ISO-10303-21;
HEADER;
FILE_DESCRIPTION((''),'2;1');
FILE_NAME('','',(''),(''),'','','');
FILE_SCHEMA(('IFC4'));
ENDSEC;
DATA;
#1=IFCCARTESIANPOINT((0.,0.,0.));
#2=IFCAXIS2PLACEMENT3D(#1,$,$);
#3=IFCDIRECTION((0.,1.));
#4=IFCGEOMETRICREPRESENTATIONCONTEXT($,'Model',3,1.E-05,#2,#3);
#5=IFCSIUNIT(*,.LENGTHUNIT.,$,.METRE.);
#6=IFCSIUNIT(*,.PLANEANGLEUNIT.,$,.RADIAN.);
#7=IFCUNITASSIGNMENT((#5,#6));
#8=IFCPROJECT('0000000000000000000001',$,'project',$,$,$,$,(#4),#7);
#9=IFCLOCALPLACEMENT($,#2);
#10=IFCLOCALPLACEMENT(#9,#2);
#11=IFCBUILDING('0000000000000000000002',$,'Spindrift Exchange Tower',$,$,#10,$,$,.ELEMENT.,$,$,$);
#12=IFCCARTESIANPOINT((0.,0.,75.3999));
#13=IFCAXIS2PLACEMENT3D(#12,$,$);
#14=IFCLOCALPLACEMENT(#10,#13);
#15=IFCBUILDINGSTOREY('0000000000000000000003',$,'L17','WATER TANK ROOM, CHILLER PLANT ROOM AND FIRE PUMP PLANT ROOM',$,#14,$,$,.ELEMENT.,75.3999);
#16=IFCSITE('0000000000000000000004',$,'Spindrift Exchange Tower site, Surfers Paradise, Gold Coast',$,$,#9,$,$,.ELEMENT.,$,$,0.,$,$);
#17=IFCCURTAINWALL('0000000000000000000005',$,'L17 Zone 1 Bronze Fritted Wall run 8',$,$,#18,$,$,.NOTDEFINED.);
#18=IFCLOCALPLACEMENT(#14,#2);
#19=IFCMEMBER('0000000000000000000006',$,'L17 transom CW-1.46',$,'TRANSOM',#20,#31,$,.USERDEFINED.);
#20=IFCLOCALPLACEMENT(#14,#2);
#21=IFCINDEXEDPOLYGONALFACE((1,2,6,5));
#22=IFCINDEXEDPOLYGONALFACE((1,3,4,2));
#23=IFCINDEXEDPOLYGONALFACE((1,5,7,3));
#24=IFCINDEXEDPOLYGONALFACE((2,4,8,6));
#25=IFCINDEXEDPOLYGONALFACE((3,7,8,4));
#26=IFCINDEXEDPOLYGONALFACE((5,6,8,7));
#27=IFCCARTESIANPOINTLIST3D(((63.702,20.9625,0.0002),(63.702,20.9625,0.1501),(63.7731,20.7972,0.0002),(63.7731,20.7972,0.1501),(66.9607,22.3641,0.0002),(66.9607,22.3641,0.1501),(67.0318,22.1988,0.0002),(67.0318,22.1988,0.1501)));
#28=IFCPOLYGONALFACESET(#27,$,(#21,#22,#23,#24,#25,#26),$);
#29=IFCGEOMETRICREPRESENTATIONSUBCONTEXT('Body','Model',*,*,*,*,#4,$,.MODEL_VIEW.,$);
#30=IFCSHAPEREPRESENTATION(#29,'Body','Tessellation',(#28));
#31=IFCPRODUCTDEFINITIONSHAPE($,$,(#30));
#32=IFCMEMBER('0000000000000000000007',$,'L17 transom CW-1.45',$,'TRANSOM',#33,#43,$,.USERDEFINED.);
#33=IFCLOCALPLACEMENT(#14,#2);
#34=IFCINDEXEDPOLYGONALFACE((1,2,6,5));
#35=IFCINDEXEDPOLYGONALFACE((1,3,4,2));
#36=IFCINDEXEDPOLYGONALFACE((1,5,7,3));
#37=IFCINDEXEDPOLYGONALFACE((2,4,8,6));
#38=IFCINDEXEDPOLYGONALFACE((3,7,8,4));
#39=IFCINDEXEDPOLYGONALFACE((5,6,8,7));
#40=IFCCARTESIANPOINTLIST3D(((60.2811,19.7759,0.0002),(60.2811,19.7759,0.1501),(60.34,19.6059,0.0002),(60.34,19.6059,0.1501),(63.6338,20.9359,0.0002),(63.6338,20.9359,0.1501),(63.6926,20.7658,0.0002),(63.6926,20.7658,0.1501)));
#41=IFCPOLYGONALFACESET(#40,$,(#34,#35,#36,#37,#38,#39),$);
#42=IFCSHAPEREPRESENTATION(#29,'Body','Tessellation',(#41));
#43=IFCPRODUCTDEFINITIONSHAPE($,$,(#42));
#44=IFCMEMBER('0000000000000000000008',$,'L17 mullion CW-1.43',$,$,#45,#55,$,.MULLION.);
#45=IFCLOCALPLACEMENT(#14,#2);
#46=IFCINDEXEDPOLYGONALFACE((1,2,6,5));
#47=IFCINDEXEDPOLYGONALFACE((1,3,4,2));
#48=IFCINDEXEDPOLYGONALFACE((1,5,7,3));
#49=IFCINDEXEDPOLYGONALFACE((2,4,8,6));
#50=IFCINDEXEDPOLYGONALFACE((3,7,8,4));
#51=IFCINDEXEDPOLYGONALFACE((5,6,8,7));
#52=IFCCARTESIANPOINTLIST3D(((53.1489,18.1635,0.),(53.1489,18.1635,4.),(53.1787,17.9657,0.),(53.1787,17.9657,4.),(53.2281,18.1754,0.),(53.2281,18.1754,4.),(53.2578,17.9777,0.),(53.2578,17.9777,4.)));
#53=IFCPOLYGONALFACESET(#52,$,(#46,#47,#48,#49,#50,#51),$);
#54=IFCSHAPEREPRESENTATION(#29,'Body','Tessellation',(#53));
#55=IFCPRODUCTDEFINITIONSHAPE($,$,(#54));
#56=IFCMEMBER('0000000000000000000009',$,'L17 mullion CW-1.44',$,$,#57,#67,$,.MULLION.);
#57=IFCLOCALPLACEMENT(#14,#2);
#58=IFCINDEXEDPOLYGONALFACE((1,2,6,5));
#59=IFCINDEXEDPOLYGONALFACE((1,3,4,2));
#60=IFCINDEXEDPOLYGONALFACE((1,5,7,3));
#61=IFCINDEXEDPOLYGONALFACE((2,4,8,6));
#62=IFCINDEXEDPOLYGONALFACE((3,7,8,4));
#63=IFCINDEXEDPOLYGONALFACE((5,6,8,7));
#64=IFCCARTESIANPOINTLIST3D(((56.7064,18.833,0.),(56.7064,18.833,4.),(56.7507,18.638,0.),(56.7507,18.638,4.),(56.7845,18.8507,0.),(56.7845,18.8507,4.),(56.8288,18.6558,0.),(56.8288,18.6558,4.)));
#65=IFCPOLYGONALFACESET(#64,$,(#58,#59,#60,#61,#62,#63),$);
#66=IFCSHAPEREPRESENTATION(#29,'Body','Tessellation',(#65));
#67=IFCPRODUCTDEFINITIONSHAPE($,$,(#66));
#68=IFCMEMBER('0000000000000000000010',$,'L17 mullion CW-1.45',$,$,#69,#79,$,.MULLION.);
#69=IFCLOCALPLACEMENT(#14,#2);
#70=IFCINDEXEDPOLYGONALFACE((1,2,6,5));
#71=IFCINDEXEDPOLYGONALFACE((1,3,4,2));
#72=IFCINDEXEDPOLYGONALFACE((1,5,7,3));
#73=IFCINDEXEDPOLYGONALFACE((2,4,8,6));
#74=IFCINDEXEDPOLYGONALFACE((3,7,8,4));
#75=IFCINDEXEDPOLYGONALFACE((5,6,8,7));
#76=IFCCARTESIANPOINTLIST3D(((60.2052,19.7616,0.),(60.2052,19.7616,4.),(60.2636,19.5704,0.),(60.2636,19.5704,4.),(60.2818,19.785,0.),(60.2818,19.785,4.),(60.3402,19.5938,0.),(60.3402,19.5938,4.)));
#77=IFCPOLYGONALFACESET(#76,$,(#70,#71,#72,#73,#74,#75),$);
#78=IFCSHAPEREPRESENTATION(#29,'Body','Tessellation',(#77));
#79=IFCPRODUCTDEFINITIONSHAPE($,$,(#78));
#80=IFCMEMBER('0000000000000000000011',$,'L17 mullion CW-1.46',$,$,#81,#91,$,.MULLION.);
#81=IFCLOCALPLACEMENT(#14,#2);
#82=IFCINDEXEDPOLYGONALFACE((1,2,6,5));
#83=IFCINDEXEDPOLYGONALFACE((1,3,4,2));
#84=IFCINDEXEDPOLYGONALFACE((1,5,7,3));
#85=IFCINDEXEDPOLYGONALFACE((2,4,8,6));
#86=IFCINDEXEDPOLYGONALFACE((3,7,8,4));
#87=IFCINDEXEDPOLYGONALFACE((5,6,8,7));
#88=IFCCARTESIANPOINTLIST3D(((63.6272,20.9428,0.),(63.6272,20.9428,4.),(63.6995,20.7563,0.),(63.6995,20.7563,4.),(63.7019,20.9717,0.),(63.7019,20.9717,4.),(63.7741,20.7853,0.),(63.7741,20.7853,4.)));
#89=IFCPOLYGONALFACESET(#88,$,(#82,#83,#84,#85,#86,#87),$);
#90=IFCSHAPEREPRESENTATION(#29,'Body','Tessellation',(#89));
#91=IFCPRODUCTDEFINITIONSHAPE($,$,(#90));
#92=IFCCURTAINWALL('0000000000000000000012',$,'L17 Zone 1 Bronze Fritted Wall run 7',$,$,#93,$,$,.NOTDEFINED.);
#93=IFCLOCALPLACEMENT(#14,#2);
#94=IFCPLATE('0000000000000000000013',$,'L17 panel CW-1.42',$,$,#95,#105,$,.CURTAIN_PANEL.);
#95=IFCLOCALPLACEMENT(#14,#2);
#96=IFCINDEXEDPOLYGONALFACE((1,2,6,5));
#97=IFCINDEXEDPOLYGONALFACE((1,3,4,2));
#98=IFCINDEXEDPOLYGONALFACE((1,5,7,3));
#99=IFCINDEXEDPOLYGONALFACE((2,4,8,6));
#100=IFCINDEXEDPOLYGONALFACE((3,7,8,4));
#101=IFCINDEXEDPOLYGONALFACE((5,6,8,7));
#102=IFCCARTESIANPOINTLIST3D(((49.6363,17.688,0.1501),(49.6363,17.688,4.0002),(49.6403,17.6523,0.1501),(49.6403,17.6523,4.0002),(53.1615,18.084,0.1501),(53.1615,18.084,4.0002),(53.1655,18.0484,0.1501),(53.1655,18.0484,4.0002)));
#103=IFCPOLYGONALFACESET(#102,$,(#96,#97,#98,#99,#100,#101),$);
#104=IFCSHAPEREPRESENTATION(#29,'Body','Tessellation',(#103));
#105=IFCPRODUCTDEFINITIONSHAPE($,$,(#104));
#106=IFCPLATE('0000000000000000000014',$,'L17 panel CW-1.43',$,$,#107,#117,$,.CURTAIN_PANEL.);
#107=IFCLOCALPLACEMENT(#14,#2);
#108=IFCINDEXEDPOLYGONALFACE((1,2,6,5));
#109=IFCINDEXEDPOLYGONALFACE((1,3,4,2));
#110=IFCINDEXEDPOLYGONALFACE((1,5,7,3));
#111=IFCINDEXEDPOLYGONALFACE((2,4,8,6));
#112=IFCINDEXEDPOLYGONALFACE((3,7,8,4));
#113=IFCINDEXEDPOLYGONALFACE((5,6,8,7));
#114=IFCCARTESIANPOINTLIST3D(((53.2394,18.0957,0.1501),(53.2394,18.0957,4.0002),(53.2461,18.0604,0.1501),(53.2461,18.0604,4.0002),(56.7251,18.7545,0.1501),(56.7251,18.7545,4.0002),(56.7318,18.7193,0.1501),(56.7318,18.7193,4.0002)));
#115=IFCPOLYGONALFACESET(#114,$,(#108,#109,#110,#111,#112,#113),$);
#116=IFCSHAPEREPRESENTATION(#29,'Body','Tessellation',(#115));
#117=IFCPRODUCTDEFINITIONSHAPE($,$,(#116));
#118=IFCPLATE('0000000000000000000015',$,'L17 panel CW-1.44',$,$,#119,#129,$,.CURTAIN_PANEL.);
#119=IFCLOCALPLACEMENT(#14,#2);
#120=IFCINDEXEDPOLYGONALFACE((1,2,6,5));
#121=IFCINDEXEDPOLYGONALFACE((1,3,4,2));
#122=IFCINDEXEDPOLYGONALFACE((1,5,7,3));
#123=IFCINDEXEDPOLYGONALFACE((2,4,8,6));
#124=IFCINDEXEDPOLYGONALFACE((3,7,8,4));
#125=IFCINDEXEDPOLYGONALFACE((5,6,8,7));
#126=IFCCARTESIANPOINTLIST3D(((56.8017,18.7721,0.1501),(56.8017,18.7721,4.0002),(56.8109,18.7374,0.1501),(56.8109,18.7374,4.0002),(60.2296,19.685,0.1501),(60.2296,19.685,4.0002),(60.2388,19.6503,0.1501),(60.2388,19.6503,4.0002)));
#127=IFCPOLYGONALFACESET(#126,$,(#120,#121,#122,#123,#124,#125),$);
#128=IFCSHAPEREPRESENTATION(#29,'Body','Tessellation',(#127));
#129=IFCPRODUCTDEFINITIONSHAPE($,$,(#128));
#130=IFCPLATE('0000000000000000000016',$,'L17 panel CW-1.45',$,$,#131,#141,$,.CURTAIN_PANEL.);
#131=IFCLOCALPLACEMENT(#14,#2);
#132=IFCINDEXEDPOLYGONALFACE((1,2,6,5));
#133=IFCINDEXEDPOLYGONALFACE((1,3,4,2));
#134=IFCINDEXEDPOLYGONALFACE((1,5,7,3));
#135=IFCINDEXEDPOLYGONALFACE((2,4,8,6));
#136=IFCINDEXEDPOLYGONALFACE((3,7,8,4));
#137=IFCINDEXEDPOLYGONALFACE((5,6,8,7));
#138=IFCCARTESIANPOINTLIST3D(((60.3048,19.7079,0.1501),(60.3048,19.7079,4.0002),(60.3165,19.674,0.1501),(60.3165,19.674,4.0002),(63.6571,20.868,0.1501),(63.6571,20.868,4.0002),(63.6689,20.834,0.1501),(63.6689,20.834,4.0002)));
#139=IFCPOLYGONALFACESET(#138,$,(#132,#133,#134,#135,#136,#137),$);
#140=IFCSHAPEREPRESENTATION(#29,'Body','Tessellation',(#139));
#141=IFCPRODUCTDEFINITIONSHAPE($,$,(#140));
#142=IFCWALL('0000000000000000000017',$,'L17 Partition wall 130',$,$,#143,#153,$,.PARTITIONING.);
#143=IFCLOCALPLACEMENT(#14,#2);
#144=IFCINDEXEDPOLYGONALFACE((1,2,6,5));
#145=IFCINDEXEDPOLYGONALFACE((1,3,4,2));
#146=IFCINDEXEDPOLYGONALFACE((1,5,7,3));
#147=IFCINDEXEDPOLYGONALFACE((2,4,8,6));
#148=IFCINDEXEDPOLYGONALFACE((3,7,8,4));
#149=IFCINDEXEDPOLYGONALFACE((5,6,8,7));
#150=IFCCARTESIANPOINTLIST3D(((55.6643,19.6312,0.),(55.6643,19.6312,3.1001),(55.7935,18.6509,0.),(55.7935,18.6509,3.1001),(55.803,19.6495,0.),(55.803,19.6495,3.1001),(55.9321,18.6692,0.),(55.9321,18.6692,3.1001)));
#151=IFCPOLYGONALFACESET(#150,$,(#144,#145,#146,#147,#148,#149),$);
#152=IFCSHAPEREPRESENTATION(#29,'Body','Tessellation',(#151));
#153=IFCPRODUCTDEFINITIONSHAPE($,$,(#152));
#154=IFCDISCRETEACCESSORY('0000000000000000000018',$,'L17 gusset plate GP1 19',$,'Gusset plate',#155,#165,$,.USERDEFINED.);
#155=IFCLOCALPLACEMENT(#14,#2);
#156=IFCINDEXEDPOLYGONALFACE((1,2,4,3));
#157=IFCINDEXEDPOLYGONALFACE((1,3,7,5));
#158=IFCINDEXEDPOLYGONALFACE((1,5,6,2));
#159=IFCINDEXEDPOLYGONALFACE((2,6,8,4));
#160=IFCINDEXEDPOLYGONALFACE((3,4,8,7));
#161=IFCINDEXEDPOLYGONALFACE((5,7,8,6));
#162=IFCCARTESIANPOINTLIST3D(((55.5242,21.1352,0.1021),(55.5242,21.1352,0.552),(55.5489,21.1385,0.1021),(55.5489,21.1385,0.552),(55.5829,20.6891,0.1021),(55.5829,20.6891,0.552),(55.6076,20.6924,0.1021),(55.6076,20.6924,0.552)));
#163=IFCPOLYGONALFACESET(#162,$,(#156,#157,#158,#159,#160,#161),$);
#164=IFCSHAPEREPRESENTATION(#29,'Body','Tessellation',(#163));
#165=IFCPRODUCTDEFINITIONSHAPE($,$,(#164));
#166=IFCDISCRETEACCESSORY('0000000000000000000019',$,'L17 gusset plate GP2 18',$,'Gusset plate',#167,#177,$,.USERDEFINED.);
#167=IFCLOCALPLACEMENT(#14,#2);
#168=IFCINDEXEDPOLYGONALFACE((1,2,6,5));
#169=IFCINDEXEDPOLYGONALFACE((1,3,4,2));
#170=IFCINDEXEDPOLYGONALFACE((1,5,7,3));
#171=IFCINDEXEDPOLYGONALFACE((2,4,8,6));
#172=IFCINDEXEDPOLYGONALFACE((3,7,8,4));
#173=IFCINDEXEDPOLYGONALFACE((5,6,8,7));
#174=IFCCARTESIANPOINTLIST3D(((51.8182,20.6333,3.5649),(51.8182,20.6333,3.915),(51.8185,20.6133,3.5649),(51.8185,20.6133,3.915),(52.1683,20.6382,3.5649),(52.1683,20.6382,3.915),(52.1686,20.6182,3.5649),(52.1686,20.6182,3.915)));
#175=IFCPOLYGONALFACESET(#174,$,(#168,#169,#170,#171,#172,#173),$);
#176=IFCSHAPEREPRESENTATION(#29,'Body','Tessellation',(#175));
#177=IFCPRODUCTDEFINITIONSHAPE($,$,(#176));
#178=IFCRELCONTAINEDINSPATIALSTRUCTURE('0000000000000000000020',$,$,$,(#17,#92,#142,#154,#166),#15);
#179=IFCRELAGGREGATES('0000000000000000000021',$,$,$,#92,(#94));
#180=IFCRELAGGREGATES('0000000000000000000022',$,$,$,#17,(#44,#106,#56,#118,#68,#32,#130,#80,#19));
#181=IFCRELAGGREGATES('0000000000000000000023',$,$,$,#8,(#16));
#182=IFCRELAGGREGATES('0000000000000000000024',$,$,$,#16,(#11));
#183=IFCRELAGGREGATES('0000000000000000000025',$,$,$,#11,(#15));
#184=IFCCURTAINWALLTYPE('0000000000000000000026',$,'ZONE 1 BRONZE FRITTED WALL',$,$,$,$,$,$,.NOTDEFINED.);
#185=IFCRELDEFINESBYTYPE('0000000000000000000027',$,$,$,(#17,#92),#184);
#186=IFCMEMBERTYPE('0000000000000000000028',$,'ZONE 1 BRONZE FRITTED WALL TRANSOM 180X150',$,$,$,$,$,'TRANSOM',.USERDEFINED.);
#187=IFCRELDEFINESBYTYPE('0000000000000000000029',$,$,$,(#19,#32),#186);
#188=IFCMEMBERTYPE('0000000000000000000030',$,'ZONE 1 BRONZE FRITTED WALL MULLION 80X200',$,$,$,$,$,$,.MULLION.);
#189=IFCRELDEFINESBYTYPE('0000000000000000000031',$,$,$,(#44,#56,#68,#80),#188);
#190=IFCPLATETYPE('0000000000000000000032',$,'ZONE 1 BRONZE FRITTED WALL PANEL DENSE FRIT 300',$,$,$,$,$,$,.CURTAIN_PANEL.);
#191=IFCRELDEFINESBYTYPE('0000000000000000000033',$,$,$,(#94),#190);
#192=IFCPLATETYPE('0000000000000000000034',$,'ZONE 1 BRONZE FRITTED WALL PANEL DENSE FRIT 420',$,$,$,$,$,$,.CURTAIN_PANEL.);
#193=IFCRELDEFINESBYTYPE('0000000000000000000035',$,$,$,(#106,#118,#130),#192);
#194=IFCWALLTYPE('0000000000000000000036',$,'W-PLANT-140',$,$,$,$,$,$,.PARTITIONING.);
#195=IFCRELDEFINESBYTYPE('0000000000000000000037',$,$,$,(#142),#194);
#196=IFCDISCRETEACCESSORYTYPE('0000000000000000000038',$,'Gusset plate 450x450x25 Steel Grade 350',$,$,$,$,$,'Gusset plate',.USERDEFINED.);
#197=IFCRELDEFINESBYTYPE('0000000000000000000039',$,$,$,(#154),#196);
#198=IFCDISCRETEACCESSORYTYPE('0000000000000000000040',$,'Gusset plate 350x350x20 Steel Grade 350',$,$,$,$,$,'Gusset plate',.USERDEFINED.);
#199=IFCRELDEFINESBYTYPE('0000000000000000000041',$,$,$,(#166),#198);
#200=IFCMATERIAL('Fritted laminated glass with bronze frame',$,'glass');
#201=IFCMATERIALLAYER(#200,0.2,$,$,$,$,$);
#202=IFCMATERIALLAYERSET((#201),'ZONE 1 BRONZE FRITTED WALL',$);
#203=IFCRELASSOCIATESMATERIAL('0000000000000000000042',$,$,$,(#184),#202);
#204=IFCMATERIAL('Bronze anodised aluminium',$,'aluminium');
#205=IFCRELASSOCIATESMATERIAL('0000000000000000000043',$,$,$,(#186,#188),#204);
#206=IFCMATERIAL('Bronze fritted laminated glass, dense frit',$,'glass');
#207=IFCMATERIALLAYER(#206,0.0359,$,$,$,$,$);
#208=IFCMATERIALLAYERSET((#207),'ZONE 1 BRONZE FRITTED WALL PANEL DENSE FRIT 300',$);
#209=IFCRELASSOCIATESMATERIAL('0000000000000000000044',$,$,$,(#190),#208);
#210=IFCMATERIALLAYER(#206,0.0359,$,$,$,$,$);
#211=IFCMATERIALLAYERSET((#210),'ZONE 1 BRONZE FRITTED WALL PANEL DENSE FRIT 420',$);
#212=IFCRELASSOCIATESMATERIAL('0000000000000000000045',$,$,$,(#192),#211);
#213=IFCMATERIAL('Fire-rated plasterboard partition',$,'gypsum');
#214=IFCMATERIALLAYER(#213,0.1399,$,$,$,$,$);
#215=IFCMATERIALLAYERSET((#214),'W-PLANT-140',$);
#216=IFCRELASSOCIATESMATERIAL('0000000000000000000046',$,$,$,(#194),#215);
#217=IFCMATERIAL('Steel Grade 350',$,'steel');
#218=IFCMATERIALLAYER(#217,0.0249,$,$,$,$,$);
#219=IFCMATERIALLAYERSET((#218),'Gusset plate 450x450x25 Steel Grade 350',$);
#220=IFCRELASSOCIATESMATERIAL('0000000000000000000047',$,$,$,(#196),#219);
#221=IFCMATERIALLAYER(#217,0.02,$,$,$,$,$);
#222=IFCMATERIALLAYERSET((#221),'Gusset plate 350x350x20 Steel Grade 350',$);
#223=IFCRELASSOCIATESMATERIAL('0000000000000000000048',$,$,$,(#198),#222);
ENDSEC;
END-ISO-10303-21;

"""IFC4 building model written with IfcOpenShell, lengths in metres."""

from ifc_helpers import new_model, si_unit, direction, frame, frame_2d, origin, origin_2d, place, context, subcontext, project, spatial, rectangle, extrude, source, transform, mapped, material, layer, layer_set, material_profile, profile_set, type_object, element, aggregate, save


model = new_model("IFC4")

# Units and contexts
model_context = context("Model", 3, precision=1e-05, world=origin(), true_north=direction((0.0, 1.0)))
body_context = subcontext(model_context, "Body", "Model", "MODEL_VIEW")
ifc_project = project(units=[si_unit("LENGTHUNIT", "METRE"), si_unit("PLANEANGLEUNIT", "RADIAN")], contexts=[model_context])

# Site, building, storey
site_placement = place(None, origin())
site = spatial("IfcSite", under=ifc_project, at=site_placement, Name="Spindrift Exchange Tower site, Surfers Paradise, Gold Coast", CompositionType="ELEMENT", RefElevation=0.0)
building_placement = place(site_placement, origin())
building = spatial("IfcBuilding", under=site, at=building_placement, Name="Spindrift Exchange Tower", CompositionType="ELEMENT")
storey_placement = place(building_placement, frame((0.0, 0.0, 75.3999)))
storey = spatial("IfcBuildingStorey", under=building, at=storey_placement, Name="L17", Description="WATER TANK ROOM, CHILLER PLANT ROOM AND FIRE PUMP PLANT ROOM", CompositionType="ELEMENT", Elevation=75.3999)

# Shared definitions
ifc_material_1 = material(Name="Steel Grade 350", Category="steel")

# Curtain wall, members
ifc_material_2 = material(Name="Fritted laminated glass with bronze frame", Category="glass")
ifc_layer_1 = layer(ifc_material_2, 0.2)
ifc_layer_set_1 = layer_set([ifc_layer_1], Name="ZONE 1 BRONZE FRITTED WALL")
curtain_wall_type = type_object("IfcCurtainWallType", Name="ZONE 1 BRONZE FRITTED WALL", PredefinedType="NOTDEFINED", material=ifc_layer_set_1)
curtain_wall_1_placement = place(storey_placement, origin())
curtain_wall_1 = element("IfcCurtainWall", 1, at=curtain_wall_1_placement, inside=storey, type_object=curtain_wall_type, Name="L17 Zone 1 Bronze Fritted Wall run 8", PredefinedType="NOTDEFINED")
ifc_material_3 = material(Name="Bronze anodised aluminium", Category="aluminium")
ifc_material_profile_1 = material_profile(ifc_material_3, rectangle(XDim=0.1799, YDim=0.1499, at=origin_2d()), Name="ZONE 1 BRONZE FRITTED WALL TRANSOM 180X150")
ifc_profile_set_1 = profile_set([ifc_material_profile_1], Name="Bronze anodised aluminium")
member_type_1 = type_object("IfcMemberType", Name="ZONE 1 BRONZE FRITTED WALL TRANSOM 180X150", ElementType="TRANSOM", PredefinedType="USERDEFINED", material=ifc_profile_set_1)
shared_shape_1 = source(origin(), body_context, "Body", "SweptSolid", [
    extrude(rectangle(XDim=0.1799, YDim=0.1499, at=origin_2d()), origin(), (0.0, 0.0, 1.0), 3.5474),
])
member_1_placement = place(storey_placement, frame((63.7375, 20.8799, 0.0752), z_axis=(0.918635, 0.395107, 0.0), x_axis=(-0.395107, 0.918635, 0.0)))
member_1 = element("IfcMember", 2, at=member_1_placement, type_object=member_type_1, Name="L17 transom CW-1.46", ObjectType="TRANSOM", PredefinedType="USERDEFINED", context=body_context, shape_type="MappedRepresentation", body=[
    mapped(shared_shape_1, transform((0.0, 0.0, 0.0), scale=1.0)),
])
shared_shape_2 = source(origin(), body_context, "Body", "SweptSolid", [
    extrude(rectangle(XDim=0.1799, YDim=0.1499, at=origin_2d()), origin(), (0.0, 0.0, 1.0), 3.5476),
])
member_2_placement = place(storey_placement, frame((60.3105, 19.6909, 0.0752), z_axis=(0.945037, 0.326964, 0.0), x_axis=(-0.326964, 0.945037, 0.0)))
member_2 = element("IfcMember", 3, at=member_2_placement, type_object=member_type_1, Name="L17 transom CW-1.45", ObjectType="TRANSOM", PredefinedType="USERDEFINED", context=body_context, shape_type="MappedRepresentation", body=[
    mapped(shared_shape_2, transform((0.0, 0.0, 0.0), scale=1.0)),
])
ifc_material_profile_2 = material_profile(ifc_material_3, rectangle(XDim=0.0801, YDim=0.2, at=origin_2d()), Name="ZONE 1 BRONZE FRITTED WALL MULLION 80X200")
ifc_profile_set_2 = profile_set([ifc_material_profile_2], Name="Bronze anodised aluminium")
member_type_2 = type_object("IfcMemberType", Name="ZONE 1 BRONZE FRITTED WALL MULLION 80X200", PredefinedType="MULLION", material=ifc_profile_set_2)
shared_shape_3 = source(origin(), body_context, "Body", "SweptSolid", [
    extrude(rectangle(XDim=0.0801, YDim=0.2, at=origin_2d()), origin(), (0.0, 0.0, 1.0), 4.0),
])
member_3_placement = place(storey_placement, frame((53.2034, 18.0706, 0.0), z_axis=(0.0, 0.0, 1.0), x_axis=(0.988868, 0.148792, 0.0)))
member_3 = element("IfcMember", 4, at=member_3_placement, type_object=member_type_2, Name="L17 mullion CW-1.43", PredefinedType="MULLION", context=body_context, shape_type="MappedRepresentation", body=[
    mapped(shared_shape_3, transform((0.0, 0.0, 0.0), scale=1.0)),
])
member_4_placement = place(storey_placement, frame((56.7676, 18.7444, 0.0), z_axis=(0.0, 0.0, 1.0), x_axis=(0.975118, 0.221686, 0.0)))
member_4 = element("IfcMember", 5, at=member_4_placement, type_object=member_type_2, Name="L17 mullion CW-1.44", PredefinedType="MULLION", context=body_context, shape_type="MappedRepresentation", body=[
    mapped(shared_shape_3, transform((0.0, 0.0, 0.0), scale=1.0)),
])
member_5_placement = place(storey_placement, frame((60.2727, 19.6777, 0.0), z_axis=(0.0, 0.0, 1.0), x_axis=(0.956305, 0.292372, 0.0)))
member_5 = element("IfcMember", 6, at=member_5_placement, type_object=member_type_2, Name="L17 mullion CW-1.45", PredefinedType="MULLION", context=body_context, shape_type="MappedRepresentation", body=[
    mapped(shared_shape_3, transform((0.0, 0.0, 0.0), scale=1.0)),
])
member_6_placement = place(storey_placement, frame((63.7007, 20.864, 0.0), z_axis=(0.0, 0.0, 1.0), x_axis=(0.932445, 0.361312, 0.0)))
member_6 = element("IfcMember", 7, at=member_6_placement, type_object=member_type_2, Name="L17 mullion CW-1.46", PredefinedType="MULLION", context=body_context, shape_type="MappedRepresentation", body=[
    mapped(shared_shape_3, transform((0.0, 0.0, 0.0), scale=1.0)),
])

# Curtain wall, plate
curtain_wall_2_placement = place(storey_placement, origin())
curtain_wall_2 = element("IfcCurtainWall", 8, at=curtain_wall_2_placement, inside=storey, type_object=curtain_wall_type, Name="L17 Zone 1 Bronze Fritted Wall run 7", PredefinedType="NOTDEFINED")
ifc_material_4 = material(Name="Bronze fritted laminated glass, dense frit", Category="glass")
ifc_layer_2 = layer(ifc_material_4, 0.0359)
ifc_layer_set_2 = layer_set([ifc_layer_2], Name="ZONE 1 BRONZE FRITTED WALL PANEL DENSE FRIT 300")
plate_type_1 = type_object("IfcPlateType", Name="ZONE 1 BRONZE FRITTED WALL PANEL DENSE FRIT 300", PredefinedType="CURTAIN_PANEL", material=ifc_layer_set_2)
shared_shape_4 = source(origin(), body_context, "Body", "SweptSolid", [
    extrude(rectangle(XDim=3.5474, YDim=0.0359, at=origin_2d()), origin(), (0.0, 0.0, 1.0), 3.8501),
])
plate_1_placement = place(storey_placement, frame((51.4009, 17.8682, 0.1501), z_axis=(0.0, 0.0, 1.0), x_axis=(0.993747, 0.111651, 0.0)))
plate_1 = element("IfcPlate", 9, at=plate_1_placement, type_object=plate_type_1, Name="L17 panel CW-1.42", PredefinedType="CURTAIN_PANEL", context=body_context, shape_type="MappedRepresentation", body=[
    mapped(shared_shape_4, transform((0.0, 0.0, 0.0), scale=1.0)),
])
aggregate(curtain_wall_2, [plate_1])

# Plates
ifc_layer_3 = layer(ifc_material_4, 0.0359)
ifc_layer_set_3 = layer_set([ifc_layer_3], Name="ZONE 1 BRONZE FRITTED WALL PANEL DENSE FRIT 420")
plate_type_2 = type_object("IfcPlateType", Name="ZONE 1 BRONZE FRITTED WALL PANEL DENSE FRIT 420", PredefinedType="CURTAIN_PANEL", material=ifc_layer_set_3)
shared_shape_5 = source(origin(), body_context, "Body", "SweptSolid", [
    extrude(rectangle(XDim=3.5474, YDim=0.0359, at=origin_2d()), origin(), (0.0, 0.0, 1.0), 3.8501),
])
plate_2_placement = place(storey_placement, frame((54.9856, 18.4075, 0.1501), z_axis=(0.0, 0.0, 1.0), x_axis=(0.982602, 0.185725, 0.0)))
plate_2 = element("IfcPlate", 10, at=plate_2_placement, type_object=plate_type_2, Name="L17 panel CW-1.43", PredefinedType="CURTAIN_PANEL", context=body_context, shape_type="MappedRepresentation", body=[
    mapped(shared_shape_5, transform((0.0, 0.0, 0.0), scale=1.0)),
])
plate_3_placement = place(storey_placement, frame((58.5203, 19.2112, 0.1501), z_axis=(0.0, 0.0, 1.0), x_axis=(0.966319, 0.257349, 0.0)))
plate_3 = element("IfcPlate", 11, at=plate_3_placement, type_object=plate_type_2, Name="L17 panel CW-1.44", PredefinedType="CURTAIN_PANEL", context=body_context, shape_type="MappedRepresentation", body=[
    mapped(shared_shape_5, transform((0.0, 0.0, 0.0), scale=1.0)),
])
plate_4_placement = place(storey_placement, frame((61.9868, 20.271, 0.1501), z_axis=(0.0, 0.0, 1.0), x_axis=(0.945021, 0.327008, 0.0)))
plate_4 = element("IfcPlate", 12, at=plate_4_placement, type_object=plate_type_2, Name="L17 panel CW-1.45", PredefinedType="CURTAIN_PANEL", context=body_context, shape_type="MappedRepresentation", body=[
    mapped(shared_shape_5, transform((0.0, 0.0, 0.0), scale=1.0)),
])
aggregate(curtain_wall_1, [member_3, plate_2, member_4, plate_3, member_5, member_2, plate_4, member_6, member_1])

# Wall
ifc_material_5 = material(Name="Fire-rated plasterboard partition", Category="gypsum")
ifc_layer_4 = layer(ifc_material_5, 0.1399)
ifc_layer_set_4 = layer_set([ifc_layer_4], Name="W-PLANT-140")
wall_type = type_object("IfcWallType", Name="W-PLANT-140", PredefinedType="PARTITIONING", material=ifc_layer_set_4)
wall_placement = place(storey_placement, frame((55.7336, 19.6404, 0.0), z_axis=(0.0, 0.0, 1.0), x_axis=(0.130627, -0.991432, 0.0)))
element("IfcWall", 13, at=wall_placement, inside=storey, type_object=wall_type, Name="L17 Partition wall 130", PredefinedType="PARTITIONING", context=body_context, shape_type="SweptSolid", body=[
    extrude(rectangle(XDim=0.9888, YDim=0.1399, at=frame_2d((0.4944, 0.0))), origin(), (0.0, 0.0, 1.0), 3.1001),
])

# Discrete accessories
ifc_layer_5 = layer(ifc_material_1, 0.0249)
ifc_layer_set_5 = layer_set([ifc_layer_5], Name="Gusset plate 450x450x25 Steel Grade 350")
discrete_accessory_type_1 = type_object("IfcDiscreteAccessoryType", Name="Gusset plate 450x450x25 Steel Grade 350", ElementType="Gusset plate", PredefinedType="USERDEFINED", material=ifc_layer_set_5)
shared_shape_6 = source(origin(), body_context, "Body", "SweptSolid", [
    extrude(rectangle(XDim=0.45, YDim=0.0249, at=origin_2d()), origin(), (0.0, 0.0, 1.0), 0.45),
])
discrete_accessory_placement = place(storey_placement, frame((55.5659, 20.9138, 0.1021), z_axis=(0.0, 0.0, 1.0), x_axis=(0.13053, -0.991444, 0.0)))
element("IfcDiscreteAccessory", 14, at=discrete_accessory_placement, inside=storey, type_object=discrete_accessory_type_1, Name="L17 gusset plate GP1 19", ObjectType="Gusset plate", PredefinedType="USERDEFINED", context=body_context, shape_type="MappedRepresentation", body=[
    mapped(shared_shape_6, transform((0.0, 0.0, 0.0), scale=1.0)),
])
ifc_layer_6 = layer(ifc_material_1, 0.02)
ifc_layer_set_6 = layer_set([ifc_layer_6], Name="Gusset plate 350x350x20 Steel Grade 350")
discrete_accessory_type_2 = type_object("IfcDiscreteAccessoryType", Name="Gusset plate 350x350x20 Steel Grade 350", ElementType="Gusset plate", PredefinedType="USERDEFINED", material=ifc_layer_set_6)
shared_shape_7 = source(origin(), body_context, "Body", "SweptSolid", [
    extrude(rectangle(XDim=0.3501, YDim=0.02, at=origin_2d()), origin(), (0.0, 0.0, 1.0), 0.3501),
])
for number, where, z_axis, x_axis, name in (
    (15, (51.9934, 20.6257, 3.5649), (0.0, 0.0, 1.0), (0.999904, 0.013873, 0.0), "L17 gusset plate GP2 18"),
):
    element("IfcDiscreteAccessory", number, at=place(storey_placement, frame(where, z_axis=z_axis, x_axis=x_axis)), inside=storey, type_object=discrete_accessory_type_2, Name=name, ObjectType="Gusset plate", PredefinedType="USERDEFINED", context=body_context, shape_type="MappedRepresentation", body=[
        mapped(shared_shape_7, transform((0.0, 0.0, 0.0), scale=1.0)),
    ])

save(model, "model.ifc")
